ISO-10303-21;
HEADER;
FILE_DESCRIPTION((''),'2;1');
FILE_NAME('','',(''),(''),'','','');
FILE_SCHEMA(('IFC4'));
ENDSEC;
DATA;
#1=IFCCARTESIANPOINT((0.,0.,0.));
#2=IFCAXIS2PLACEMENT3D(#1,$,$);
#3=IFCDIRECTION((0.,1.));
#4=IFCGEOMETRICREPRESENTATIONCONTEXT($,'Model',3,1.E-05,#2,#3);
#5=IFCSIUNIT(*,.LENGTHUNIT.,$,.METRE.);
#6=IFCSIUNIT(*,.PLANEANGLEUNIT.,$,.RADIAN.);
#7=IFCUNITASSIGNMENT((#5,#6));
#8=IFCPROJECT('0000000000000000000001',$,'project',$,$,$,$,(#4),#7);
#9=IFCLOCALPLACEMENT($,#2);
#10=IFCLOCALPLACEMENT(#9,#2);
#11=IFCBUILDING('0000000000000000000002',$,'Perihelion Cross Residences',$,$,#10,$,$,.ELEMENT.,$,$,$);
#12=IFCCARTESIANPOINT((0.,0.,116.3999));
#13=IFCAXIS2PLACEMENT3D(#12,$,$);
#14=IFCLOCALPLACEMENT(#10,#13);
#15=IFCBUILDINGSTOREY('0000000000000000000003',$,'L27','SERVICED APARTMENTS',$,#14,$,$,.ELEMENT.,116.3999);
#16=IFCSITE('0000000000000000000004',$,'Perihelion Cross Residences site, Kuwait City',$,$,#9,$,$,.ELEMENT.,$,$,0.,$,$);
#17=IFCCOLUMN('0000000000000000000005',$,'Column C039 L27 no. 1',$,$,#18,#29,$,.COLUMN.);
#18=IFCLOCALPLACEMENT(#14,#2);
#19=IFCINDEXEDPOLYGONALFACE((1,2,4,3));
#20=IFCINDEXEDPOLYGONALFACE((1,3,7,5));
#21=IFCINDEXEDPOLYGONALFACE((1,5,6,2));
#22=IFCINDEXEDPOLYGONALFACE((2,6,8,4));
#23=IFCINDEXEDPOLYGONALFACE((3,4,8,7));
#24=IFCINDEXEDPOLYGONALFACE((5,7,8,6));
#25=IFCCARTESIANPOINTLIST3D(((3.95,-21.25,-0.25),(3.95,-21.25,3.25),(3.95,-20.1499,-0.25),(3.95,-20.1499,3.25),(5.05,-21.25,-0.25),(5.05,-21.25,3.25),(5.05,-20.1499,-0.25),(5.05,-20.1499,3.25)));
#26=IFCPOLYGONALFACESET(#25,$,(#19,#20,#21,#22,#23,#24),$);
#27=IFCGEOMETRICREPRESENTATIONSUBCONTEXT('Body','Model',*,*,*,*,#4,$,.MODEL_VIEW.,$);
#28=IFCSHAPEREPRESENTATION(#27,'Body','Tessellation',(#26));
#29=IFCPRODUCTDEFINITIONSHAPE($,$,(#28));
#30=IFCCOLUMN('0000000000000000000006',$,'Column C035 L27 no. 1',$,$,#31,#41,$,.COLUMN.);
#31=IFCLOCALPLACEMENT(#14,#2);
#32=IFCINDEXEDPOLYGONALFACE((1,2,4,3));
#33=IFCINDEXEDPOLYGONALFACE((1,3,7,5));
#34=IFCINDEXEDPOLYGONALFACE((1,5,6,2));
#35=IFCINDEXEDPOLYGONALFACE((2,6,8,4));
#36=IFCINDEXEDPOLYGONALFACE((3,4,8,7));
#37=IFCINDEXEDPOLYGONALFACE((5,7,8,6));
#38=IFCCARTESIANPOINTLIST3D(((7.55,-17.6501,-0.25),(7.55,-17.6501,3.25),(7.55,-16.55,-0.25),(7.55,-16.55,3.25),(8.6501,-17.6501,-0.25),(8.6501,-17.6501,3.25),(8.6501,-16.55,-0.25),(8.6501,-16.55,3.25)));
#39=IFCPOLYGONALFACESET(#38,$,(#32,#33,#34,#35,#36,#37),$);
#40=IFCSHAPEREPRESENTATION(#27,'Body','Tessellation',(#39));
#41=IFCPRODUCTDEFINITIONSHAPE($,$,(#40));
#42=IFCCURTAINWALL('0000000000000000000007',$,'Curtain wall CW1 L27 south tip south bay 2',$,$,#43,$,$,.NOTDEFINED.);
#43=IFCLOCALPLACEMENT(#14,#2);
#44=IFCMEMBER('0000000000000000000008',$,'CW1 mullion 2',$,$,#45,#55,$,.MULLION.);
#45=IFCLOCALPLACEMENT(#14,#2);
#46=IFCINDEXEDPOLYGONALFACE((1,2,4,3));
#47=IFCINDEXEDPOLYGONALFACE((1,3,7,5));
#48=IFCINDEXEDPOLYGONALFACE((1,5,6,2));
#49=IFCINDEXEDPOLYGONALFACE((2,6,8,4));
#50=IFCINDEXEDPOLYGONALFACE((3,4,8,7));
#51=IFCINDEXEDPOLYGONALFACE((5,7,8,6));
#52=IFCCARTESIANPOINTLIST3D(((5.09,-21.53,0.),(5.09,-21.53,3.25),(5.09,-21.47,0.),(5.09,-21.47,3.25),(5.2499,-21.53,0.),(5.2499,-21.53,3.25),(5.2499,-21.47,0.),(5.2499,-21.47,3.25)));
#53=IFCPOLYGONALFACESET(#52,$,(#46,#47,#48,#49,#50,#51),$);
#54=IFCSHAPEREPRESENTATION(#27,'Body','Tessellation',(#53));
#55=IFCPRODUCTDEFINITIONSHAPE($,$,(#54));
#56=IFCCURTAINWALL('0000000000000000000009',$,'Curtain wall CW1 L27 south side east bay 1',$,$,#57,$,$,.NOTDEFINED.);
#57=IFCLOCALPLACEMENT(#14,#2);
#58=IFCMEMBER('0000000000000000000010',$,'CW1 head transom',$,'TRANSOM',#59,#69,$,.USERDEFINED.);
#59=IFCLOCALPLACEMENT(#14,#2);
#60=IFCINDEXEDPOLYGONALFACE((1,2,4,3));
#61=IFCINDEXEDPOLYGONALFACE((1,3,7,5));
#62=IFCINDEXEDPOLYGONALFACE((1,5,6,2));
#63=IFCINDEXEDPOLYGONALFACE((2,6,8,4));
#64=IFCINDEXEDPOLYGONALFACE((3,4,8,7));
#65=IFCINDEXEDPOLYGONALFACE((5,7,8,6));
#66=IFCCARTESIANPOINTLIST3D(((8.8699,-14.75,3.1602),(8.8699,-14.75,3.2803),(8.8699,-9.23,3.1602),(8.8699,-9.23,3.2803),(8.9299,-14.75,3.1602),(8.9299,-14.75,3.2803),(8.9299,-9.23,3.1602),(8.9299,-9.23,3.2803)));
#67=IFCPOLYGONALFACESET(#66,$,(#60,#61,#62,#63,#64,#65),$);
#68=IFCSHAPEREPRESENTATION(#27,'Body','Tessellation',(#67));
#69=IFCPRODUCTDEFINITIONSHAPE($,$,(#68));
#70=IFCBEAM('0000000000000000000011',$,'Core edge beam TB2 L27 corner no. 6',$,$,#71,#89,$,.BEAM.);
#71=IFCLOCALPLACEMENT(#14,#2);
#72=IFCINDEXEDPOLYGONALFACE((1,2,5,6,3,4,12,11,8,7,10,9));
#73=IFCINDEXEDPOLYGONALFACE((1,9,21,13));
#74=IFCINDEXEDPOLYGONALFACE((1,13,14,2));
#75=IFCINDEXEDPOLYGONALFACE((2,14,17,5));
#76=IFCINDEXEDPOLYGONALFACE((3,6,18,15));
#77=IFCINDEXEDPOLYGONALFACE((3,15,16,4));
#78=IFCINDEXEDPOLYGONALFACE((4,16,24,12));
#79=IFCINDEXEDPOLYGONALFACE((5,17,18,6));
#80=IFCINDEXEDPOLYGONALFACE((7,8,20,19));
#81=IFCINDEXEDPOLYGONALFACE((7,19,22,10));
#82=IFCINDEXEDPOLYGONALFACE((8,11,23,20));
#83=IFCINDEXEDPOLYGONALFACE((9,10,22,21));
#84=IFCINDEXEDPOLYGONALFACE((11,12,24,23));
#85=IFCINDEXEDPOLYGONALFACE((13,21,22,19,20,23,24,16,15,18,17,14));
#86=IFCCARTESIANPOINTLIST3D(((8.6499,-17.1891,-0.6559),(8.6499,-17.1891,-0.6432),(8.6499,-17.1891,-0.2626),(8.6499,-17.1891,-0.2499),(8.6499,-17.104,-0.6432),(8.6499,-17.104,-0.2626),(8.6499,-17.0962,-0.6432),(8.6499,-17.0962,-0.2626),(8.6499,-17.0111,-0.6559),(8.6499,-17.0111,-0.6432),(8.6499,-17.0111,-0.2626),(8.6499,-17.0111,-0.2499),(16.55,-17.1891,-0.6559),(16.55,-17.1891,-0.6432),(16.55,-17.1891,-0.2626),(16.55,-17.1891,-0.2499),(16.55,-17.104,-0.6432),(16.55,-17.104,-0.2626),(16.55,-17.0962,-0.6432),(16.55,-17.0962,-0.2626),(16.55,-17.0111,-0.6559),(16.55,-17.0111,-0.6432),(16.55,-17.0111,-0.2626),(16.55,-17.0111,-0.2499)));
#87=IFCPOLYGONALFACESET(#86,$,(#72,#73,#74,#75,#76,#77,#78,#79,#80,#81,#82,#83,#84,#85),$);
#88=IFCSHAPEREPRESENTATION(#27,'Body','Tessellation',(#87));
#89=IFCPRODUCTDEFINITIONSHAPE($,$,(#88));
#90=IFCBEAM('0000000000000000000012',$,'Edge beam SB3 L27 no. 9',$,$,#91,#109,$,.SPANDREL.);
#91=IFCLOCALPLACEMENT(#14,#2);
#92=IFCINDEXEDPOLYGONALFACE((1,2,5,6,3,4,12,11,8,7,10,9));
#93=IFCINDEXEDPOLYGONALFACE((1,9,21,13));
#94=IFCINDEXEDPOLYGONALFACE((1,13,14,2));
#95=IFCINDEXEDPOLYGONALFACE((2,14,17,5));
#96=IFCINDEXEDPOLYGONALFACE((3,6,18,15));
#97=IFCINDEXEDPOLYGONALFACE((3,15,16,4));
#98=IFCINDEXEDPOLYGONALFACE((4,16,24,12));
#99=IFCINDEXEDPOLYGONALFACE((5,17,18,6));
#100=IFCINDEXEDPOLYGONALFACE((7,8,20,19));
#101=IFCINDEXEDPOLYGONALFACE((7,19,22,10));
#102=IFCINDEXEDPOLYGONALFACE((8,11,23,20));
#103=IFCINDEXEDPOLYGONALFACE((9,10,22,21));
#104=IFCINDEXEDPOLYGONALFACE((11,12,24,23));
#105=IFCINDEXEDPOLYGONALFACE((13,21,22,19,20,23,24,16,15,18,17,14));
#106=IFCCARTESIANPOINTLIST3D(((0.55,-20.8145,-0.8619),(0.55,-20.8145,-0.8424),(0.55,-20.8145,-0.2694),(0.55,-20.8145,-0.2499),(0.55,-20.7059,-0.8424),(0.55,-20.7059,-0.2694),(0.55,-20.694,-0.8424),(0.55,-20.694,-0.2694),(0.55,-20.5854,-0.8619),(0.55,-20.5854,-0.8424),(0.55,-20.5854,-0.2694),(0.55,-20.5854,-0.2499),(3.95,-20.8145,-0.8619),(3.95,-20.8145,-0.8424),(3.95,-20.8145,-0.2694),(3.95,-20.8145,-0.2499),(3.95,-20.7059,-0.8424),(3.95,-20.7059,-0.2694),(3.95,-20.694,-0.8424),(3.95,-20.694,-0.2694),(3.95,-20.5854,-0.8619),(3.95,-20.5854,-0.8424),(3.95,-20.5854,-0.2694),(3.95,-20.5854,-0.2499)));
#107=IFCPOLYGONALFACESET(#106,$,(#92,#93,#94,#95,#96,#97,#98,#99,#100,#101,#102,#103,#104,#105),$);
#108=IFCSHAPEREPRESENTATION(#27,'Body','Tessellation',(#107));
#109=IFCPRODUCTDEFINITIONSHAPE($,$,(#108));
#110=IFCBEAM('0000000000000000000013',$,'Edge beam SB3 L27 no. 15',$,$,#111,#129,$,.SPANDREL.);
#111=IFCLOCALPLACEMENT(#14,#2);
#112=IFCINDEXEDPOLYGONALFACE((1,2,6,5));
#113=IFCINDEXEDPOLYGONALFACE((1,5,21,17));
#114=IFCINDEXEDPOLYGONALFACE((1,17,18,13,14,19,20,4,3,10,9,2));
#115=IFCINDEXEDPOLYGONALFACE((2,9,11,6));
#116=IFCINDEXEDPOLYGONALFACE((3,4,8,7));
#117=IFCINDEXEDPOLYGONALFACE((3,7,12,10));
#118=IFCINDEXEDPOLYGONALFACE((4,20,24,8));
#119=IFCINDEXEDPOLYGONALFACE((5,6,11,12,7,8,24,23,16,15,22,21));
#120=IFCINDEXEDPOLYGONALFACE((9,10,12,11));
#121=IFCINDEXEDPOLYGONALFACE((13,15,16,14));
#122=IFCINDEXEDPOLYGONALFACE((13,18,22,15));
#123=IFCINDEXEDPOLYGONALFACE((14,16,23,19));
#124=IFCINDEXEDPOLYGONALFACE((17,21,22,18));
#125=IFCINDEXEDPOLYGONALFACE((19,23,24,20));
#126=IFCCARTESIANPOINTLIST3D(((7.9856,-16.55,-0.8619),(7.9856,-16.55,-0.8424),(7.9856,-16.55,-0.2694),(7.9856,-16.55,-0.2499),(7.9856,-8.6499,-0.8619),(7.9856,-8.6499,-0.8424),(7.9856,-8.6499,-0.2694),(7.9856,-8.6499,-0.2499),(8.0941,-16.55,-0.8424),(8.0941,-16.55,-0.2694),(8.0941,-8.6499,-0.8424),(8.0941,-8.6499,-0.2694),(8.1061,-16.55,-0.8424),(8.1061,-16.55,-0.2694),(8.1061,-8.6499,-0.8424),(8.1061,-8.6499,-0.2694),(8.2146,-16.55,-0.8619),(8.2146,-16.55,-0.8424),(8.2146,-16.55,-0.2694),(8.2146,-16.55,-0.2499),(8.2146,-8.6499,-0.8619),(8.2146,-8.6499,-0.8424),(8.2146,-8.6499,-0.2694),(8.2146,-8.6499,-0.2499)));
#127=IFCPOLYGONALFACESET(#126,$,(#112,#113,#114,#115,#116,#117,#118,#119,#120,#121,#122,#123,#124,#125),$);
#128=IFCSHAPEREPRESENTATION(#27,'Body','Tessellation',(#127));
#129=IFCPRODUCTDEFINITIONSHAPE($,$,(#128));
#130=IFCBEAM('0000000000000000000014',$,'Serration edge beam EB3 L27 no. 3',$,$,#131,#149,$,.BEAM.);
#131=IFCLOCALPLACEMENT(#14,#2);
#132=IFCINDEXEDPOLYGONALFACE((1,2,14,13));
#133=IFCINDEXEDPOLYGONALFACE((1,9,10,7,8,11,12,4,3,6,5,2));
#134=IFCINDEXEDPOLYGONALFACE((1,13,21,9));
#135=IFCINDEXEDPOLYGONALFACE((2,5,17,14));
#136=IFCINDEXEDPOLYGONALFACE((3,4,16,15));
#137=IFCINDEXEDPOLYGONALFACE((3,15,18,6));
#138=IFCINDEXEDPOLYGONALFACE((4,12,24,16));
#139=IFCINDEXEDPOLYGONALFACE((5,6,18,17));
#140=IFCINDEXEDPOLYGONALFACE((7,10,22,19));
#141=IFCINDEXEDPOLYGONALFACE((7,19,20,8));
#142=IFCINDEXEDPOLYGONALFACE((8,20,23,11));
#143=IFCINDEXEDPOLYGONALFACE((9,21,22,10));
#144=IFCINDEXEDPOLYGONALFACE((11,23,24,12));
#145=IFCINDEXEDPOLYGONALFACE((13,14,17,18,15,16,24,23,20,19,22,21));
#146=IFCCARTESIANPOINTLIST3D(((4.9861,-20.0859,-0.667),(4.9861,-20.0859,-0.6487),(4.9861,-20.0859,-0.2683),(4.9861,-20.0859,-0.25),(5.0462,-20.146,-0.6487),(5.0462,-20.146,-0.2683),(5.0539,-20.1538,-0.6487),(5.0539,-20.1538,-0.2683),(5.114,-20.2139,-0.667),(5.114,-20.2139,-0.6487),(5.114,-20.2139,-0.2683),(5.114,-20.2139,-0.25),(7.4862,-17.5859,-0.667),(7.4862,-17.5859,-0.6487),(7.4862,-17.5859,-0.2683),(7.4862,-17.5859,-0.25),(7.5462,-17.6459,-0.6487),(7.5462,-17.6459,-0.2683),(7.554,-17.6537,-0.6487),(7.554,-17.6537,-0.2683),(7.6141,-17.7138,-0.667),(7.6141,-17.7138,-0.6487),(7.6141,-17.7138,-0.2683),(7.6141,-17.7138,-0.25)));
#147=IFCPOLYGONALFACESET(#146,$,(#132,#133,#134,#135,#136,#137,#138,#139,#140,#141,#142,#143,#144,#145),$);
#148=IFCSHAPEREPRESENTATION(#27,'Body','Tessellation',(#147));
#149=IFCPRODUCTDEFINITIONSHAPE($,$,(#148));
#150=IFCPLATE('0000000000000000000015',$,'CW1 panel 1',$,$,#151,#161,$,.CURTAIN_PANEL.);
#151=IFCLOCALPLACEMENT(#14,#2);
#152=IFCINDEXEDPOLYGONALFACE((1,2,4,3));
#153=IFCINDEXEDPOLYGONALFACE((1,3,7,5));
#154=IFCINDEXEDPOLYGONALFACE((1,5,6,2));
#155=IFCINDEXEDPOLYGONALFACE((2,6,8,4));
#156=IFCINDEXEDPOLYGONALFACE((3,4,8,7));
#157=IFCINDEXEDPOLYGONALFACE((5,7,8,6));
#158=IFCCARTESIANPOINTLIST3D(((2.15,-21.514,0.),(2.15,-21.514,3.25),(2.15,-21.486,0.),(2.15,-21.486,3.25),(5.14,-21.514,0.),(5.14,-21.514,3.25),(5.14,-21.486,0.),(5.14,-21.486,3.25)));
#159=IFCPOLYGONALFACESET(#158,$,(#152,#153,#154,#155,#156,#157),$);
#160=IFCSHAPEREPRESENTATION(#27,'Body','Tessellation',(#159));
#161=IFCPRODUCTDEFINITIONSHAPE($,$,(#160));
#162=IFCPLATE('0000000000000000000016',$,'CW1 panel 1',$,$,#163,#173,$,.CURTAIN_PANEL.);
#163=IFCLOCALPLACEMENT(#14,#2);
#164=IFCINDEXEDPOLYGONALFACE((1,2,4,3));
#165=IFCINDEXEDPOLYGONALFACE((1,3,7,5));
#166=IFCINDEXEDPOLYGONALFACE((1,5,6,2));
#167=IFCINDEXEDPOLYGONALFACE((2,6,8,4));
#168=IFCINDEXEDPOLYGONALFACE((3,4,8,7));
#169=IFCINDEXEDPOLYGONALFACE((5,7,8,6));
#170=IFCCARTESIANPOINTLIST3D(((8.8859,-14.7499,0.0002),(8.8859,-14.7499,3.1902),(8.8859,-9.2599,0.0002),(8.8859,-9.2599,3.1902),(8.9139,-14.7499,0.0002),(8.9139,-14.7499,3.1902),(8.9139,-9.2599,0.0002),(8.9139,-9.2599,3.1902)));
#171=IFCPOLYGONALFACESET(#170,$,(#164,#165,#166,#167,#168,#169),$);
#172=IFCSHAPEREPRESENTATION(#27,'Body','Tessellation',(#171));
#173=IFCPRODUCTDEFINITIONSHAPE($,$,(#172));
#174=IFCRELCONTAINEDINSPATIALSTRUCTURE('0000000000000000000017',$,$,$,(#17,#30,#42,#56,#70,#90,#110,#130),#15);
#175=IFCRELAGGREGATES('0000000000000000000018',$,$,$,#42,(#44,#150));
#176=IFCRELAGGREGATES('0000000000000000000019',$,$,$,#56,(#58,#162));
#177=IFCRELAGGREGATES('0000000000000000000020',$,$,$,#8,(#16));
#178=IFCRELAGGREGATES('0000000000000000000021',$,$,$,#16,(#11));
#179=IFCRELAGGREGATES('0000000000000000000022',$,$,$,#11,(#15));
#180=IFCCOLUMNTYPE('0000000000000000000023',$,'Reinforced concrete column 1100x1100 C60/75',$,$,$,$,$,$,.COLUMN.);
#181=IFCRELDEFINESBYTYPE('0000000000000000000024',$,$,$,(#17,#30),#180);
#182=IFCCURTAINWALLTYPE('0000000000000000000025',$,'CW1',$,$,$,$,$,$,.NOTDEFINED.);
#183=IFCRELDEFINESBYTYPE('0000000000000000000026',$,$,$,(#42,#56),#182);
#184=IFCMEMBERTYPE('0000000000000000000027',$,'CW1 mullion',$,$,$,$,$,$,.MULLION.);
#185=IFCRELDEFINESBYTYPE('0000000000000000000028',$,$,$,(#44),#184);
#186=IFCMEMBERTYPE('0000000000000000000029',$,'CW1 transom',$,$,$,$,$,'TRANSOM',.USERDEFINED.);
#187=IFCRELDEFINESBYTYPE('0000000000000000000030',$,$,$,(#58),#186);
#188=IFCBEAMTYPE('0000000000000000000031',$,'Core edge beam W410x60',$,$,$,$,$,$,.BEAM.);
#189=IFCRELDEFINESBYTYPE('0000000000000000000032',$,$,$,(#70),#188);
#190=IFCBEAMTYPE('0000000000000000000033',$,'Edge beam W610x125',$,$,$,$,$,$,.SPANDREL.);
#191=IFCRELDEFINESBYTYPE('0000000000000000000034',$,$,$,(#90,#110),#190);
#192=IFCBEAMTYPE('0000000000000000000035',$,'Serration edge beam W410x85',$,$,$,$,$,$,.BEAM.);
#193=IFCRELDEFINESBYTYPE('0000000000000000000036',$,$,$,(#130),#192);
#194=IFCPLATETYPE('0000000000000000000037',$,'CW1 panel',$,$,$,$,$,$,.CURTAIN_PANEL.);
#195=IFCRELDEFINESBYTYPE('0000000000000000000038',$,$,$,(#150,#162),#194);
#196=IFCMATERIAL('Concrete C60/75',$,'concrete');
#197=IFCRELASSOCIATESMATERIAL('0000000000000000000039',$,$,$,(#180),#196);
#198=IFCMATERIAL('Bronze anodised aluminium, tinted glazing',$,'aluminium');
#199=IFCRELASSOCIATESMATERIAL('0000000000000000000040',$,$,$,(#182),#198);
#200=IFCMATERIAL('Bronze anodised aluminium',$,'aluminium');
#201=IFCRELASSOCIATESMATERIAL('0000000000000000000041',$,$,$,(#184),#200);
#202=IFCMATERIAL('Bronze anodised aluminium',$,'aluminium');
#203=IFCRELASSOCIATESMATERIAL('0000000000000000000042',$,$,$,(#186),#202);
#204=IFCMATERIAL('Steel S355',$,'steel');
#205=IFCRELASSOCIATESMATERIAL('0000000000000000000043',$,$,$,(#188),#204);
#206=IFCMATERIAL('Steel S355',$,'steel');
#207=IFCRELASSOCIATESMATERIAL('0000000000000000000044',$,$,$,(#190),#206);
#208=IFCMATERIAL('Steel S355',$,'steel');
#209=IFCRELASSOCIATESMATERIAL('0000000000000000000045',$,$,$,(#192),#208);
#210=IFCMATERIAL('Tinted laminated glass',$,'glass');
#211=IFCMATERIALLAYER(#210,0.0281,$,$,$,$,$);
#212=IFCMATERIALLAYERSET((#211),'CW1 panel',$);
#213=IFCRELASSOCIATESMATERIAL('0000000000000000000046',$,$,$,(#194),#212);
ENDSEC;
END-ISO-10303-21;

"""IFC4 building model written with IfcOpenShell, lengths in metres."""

from ifc_helpers import new_model, si_unit, direction, frame, origin, origin_2d, place, context, subcontext, project, spatial, rectangle, i_section, extrude, material, layer, layer_set, material_profile, profile_set, type_object, element, aggregate, save


model = new_model("IFC4")

# Units and contexts
model_context = context("Model", 3, precision=1e-05, world=origin(), true_north=direction((0.0, 1.0)))
body_context = subcontext(model_context, "Body", "Model", "MODEL_VIEW")
ifc_project = project(units=[si_unit("LENGTHUNIT", "METRE"), si_unit("PLANEANGLEUNIT", "RADIAN")], contexts=[model_context])

# Site, building, storey
site_placement = place(None, origin())
site = spatial("IfcSite", under=ifc_project, at=site_placement, Name="Perihelion Cross Residences site, Kuwait City", CompositionType="ELEMENT", RefElevation=0.0)
building_placement = place(site_placement, origin())
building = spatial("IfcBuilding", under=site, at=building_placement, Name="Perihelion Cross Residences", CompositionType="ELEMENT")
storey_placement = place(building_placement, frame((0.0, 0.0, 116.3999)))
storey = spatial("IfcBuildingStorey", under=building, at=storey_placement, Name="L27", Description="SERVICED APARTMENTS", CompositionType="ELEMENT", Elevation=116.3999)

# Columns
ifc_material_1 = material(Name="Concrete C60/75", Category="concrete")
ifc_material_profile_1 = material_profile(ifc_material_1, rectangle(XDim=1.1001, YDim=1.1001, at=origin_2d()), Name="RC 1100x1100")
ifc_profile_set_1 = profile_set([ifc_material_profile_1], Name="Concrete C60/75")
column_type = type_object("IfcColumnType", Name="Reinforced concrete column 1100x1100 C60/75", PredefinedType="COLUMN", material=ifc_profile_set_1)
for number, where, z_axis, x_axis, name in (
    (1, (4.5, -20.7, -0.25), (0.0, 0.0, 1.0), (1.0, 0.0, 0.0), "Column C039 L27 no. 1"),
    (2, (8.1001, -17.1001, -0.25), (0.0, 0.0, 1.0), (1.0, 0.0, 0.0), "Column C035 L27 no. 1"),
):
    element("IfcColumn", number, at=place(storey_placement, frame(where, z_axis=z_axis, x_axis=x_axis)), inside=storey, type_object=column_type, Name=name, PredefinedType="COLUMN", context=body_context, shape_type="SweptSolid", body=[
        extrude(rectangle(XDim=1.1001, YDim=1.1001, at=origin_2d()), origin(), (0.0, 0.0, 1.0), 3.5),
    ])

# Curtain walls, members
ifc_material_2 = material(Name="Bronze anodised aluminium, tinted glazing", Category="aluminium")
curtain_wall_type = type_object("IfcCurtainWallType", Name="CW1", PredefinedType="NOTDEFINED", material=ifc_material_2)
curtain_wall_1_placement = place(storey_placement, origin())
curtain_wall_1 = element("IfcCurtainWall", 3, at=curtain_wall_1_placement, inside=storey, type_object=curtain_wall_type, Name="Curtain wall CW1 L27 south tip south bay 2", PredefinedType="NOTDEFINED")
ifc_material_3 = material(Name="Bronze anodised aluminium", Category="aluminium")
ifc_material_profile_2 = material_profile(ifc_material_3, rectangle(XDim=0.0601, YDim=0.1599, at=origin_2d()), Name="CW1 mullion")
ifc_profile_set_2 = profile_set([ifc_material_profile_2], Name="Bronze anodised aluminium")
member_type_1 = type_object("IfcMemberType", Name="CW1 mullion", PredefinedType="MULLION", material=ifc_profile_set_2)
member_1_placement = place(storey_placement, frame((5.1699, -21.5, 0.0), z_axis=(0.0, 0.0, 1.0), x_axis=(0.0, 1.0, 0.0)))
member_1 = element("IfcMember", 4, at=member_1_placement, type_object=member_type_1, Name="CW1 mullion 2", PredefinedType="MULLION", context=body_context, shape_type="SweptSolid", body=[
    extrude(rectangle(XDim=0.0601, YDim=0.1599, at=origin_2d()), origin(), (0.0, 0.0, 1.0), 3.25),
])
curtain_wall_2_placement = place(storey_placement, origin())
curtain_wall_2 = element("IfcCurtainWall", 5, at=curtain_wall_2_placement, inside=storey, type_object=curtain_wall_type, Name="Curtain wall CW1 L27 south side east bay 1", PredefinedType="NOTDEFINED")
ifc_material_4 = material(Name="Bronze anodised aluminium", Category="aluminium")
ifc_material_profile_3 = material_profile(ifc_material_4, rectangle(XDim=0.0601, YDim=0.1201, at=origin_2d()), Name="CW1 transom")
ifc_profile_set_3 = profile_set([ifc_material_profile_3], Name="Bronze anodised aluminium")
member_type_2 = type_object("IfcMemberType", Name="CW1 transom", ElementType="TRANSOM", PredefinedType="USERDEFINED", material=ifc_profile_set_3)
member_2_placement = place(storey_placement, frame((8.8999, -14.75, 3.2202), z_axis=(0.0, 1.0, 0.0), x_axis=(-1.0, 0.0, 0.0)))
member_2 = element("IfcMember", 6, at=member_2_placement, type_object=member_type_2, Name="CW1 head transom", ObjectType="TRANSOM", PredefinedType="USERDEFINED", context=body_context, shape_type="SweptSolid", body=[
    extrude(rectangle(XDim=0.0601, YDim=0.1201, at=origin_2d()), origin(), (0.0, 0.0, 1.0), 5.52),
])

# Beams
ifc_material_5 = material(Name="Steel S355", Category="steel")
ifc_material_profile_4 = material_profile(ifc_material_5, i_section(OverallWidth=0.178, OverallDepth=0.406, WebThickness=0.0078, FlangeThickness=0.0127, at=origin_2d()), Name="W410x60")
ifc_profile_set_4 = profile_set([ifc_material_profile_4], Name="Steel S355")
beam_type_1 = type_object("IfcBeamType", Name="Core edge beam W410x60", PredefinedType="BEAM", material=ifc_profile_set_4)
beam_1_placement = place(storey_placement, frame((8.6499, -17.1001, -0.4529), z_axis=(1.0, 0.0, 0.0), x_axis=(0.0, 1.0, 0.0)))
element("IfcBeam", 7, at=beam_1_placement, inside=storey, type_object=beam_type_1, Name="Core edge beam TB2 L27 corner no. 6", PredefinedType="BEAM", context=body_context, shape_type="SweptSolid", body=[
    extrude(i_section(OverallWidth=0.178, OverallDepth=0.406, WebThickness=0.0078, FlangeThickness=0.0127, at=origin_2d()), origin(), (0.0, 0.0, 1.0), 7.9001),
])
ifc_material_6 = material(Name="Steel S355", Category="steel")
ifc_material_profile_5 = material_profile(ifc_material_6, i_section(OverallWidth=0.229, OverallDepth=0.6121, WebThickness=0.012, FlangeThickness=0.0195, at=origin_2d()), Name="W610x125")
ifc_profile_set_5 = profile_set([ifc_material_profile_5], Name="Steel S355")
beam_type_2 = type_object("IfcBeamType", Name="Edge beam W610x125", PredefinedType="SPANDREL", material=ifc_profile_set_5)
beam_2_placement = place(storey_placement, frame((0.55, -20.7, -0.5559), z_axis=(1.0, 0.0, 0.0), x_axis=(0.0, 1.0, 0.0)))
element("IfcBeam", 8, at=beam_2_placement, inside=storey, type_object=beam_type_2, Name="Edge beam SB3 L27 no. 9", PredefinedType="SPANDREL", context=body_context, shape_type="SweptSolid", body=[
    extrude(i_section(OverallWidth=0.229, OverallDepth=0.6121, WebThickness=0.012, FlangeThickness=0.0195, at=origin_2d()), origin(), (0.0, 0.0, 1.0), 3.3999),
])
beam_3_placement = place(storey_placement, frame((8.1001, -16.55, -0.5559), z_axis=(0.0, 1.0, 0.0), x_axis=(-1.0, 0.0, 0.0)))
element("IfcBeam", 9, at=beam_3_placement, inside=storey, type_object=beam_type_2, Name="Edge beam SB3 L27 no. 15", PredefinedType="SPANDREL", context=body_context, shape_type="SweptSolid", body=[
    extrude(i_section(OverallWidth=0.229, OverallDepth=0.6121, WebThickness=0.012, FlangeThickness=0.0195, at=origin_2d()), origin(), (0.0, 0.0, 1.0), 7.9001),
])
ifc_material_7 = material(Name="Steel S355", Category="steel")
ifc_material_profile_6 = material_profile(ifc_material_7, i_section(OverallWidth=0.1809, OverallDepth=0.417, WebThickness=0.011, FlangeThickness=0.0183, at=origin_2d()), Name="W410x85")
ifc_profile_set_6 = profile_set([ifc_material_profile_6], Name="Steel S355")
beam_type_3 = type_object("IfcBeamType", Name="Serration edge beam W410x85", PredefinedType="BEAM", material=ifc_profile_set_6)
beam_4_placement = place(storey_placement, frame((5.05, -20.1499, -0.4585), z_axis=(0.707107, 0.707107, 0.0), x_axis=(-0.707107, 0.707107, 0.0)))
element("IfcBeam", 10, at=beam_4_placement, inside=storey, type_object=beam_type_3, Name="Serration edge beam EB3 L27 no. 3", PredefinedType="BEAM", context=body_context, shape_type="SweptSolid", body=[
    extrude(i_section(OverallWidth=0.1809, OverallDepth=0.417, WebThickness=0.011, FlangeThickness=0.0183, at=origin_2d()), origin(), (0.0, 0.0, 1.0), 3.5356),
])

# Plates
ifc_material_8 = material(Name="Tinted laminated glass", Category="glass")
ifc_layer_1 = layer(ifc_material_8, 0.0281)
ifc_layer_set_1 = layer_set([ifc_layer_1], Name="CW1 panel")
plate_type = type_object("IfcPlateType", Name="CW1 panel", PredefinedType="CURTAIN_PANEL", material=ifc_layer_set_1)
plate_1_placement = place(storey_placement, frame((3.645, -21.5, 0.0), z_axis=(0.0, 0.0, 1.0), x_axis=(1.0, 0.0, 0.0)))
plate_1 = element("IfcPlate", 11, at=plate_1_placement, type_object=plate_type, Name="CW1 panel 1", PredefinedType="CURTAIN_PANEL", context=body_context, shape_type="SweptSolid", body=[
    extrude(rectangle(XDim=2.99, YDim=0.0281, at=origin_2d()), origin(), (0.0, 0.0, 1.0), 3.25),
])
aggregate(curtain_wall_1, [member_1, plate_1])
plate_2_placement = place(storey_placement, frame((8.8999, -12.0049, 0.0002), z_axis=(0.0, 0.0, 1.0), x_axis=(0.0, 1.0, 0.0)))
plate_2 = element("IfcPlate", 12, at=plate_2_placement, type_object=plate_type, Name="CW1 panel 1", PredefinedType="CURTAIN_PANEL", context=body_context, shape_type="SweptSolid", body=[
    extrude(rectangle(XDim=5.49, YDim=0.0281, at=origin_2d()), origin(), (0.0, 0.0, 1.0), 3.1899),
])
aggregate(curtain_wall_2, [member_2, plate_2])

save(model, "model.ifc")
